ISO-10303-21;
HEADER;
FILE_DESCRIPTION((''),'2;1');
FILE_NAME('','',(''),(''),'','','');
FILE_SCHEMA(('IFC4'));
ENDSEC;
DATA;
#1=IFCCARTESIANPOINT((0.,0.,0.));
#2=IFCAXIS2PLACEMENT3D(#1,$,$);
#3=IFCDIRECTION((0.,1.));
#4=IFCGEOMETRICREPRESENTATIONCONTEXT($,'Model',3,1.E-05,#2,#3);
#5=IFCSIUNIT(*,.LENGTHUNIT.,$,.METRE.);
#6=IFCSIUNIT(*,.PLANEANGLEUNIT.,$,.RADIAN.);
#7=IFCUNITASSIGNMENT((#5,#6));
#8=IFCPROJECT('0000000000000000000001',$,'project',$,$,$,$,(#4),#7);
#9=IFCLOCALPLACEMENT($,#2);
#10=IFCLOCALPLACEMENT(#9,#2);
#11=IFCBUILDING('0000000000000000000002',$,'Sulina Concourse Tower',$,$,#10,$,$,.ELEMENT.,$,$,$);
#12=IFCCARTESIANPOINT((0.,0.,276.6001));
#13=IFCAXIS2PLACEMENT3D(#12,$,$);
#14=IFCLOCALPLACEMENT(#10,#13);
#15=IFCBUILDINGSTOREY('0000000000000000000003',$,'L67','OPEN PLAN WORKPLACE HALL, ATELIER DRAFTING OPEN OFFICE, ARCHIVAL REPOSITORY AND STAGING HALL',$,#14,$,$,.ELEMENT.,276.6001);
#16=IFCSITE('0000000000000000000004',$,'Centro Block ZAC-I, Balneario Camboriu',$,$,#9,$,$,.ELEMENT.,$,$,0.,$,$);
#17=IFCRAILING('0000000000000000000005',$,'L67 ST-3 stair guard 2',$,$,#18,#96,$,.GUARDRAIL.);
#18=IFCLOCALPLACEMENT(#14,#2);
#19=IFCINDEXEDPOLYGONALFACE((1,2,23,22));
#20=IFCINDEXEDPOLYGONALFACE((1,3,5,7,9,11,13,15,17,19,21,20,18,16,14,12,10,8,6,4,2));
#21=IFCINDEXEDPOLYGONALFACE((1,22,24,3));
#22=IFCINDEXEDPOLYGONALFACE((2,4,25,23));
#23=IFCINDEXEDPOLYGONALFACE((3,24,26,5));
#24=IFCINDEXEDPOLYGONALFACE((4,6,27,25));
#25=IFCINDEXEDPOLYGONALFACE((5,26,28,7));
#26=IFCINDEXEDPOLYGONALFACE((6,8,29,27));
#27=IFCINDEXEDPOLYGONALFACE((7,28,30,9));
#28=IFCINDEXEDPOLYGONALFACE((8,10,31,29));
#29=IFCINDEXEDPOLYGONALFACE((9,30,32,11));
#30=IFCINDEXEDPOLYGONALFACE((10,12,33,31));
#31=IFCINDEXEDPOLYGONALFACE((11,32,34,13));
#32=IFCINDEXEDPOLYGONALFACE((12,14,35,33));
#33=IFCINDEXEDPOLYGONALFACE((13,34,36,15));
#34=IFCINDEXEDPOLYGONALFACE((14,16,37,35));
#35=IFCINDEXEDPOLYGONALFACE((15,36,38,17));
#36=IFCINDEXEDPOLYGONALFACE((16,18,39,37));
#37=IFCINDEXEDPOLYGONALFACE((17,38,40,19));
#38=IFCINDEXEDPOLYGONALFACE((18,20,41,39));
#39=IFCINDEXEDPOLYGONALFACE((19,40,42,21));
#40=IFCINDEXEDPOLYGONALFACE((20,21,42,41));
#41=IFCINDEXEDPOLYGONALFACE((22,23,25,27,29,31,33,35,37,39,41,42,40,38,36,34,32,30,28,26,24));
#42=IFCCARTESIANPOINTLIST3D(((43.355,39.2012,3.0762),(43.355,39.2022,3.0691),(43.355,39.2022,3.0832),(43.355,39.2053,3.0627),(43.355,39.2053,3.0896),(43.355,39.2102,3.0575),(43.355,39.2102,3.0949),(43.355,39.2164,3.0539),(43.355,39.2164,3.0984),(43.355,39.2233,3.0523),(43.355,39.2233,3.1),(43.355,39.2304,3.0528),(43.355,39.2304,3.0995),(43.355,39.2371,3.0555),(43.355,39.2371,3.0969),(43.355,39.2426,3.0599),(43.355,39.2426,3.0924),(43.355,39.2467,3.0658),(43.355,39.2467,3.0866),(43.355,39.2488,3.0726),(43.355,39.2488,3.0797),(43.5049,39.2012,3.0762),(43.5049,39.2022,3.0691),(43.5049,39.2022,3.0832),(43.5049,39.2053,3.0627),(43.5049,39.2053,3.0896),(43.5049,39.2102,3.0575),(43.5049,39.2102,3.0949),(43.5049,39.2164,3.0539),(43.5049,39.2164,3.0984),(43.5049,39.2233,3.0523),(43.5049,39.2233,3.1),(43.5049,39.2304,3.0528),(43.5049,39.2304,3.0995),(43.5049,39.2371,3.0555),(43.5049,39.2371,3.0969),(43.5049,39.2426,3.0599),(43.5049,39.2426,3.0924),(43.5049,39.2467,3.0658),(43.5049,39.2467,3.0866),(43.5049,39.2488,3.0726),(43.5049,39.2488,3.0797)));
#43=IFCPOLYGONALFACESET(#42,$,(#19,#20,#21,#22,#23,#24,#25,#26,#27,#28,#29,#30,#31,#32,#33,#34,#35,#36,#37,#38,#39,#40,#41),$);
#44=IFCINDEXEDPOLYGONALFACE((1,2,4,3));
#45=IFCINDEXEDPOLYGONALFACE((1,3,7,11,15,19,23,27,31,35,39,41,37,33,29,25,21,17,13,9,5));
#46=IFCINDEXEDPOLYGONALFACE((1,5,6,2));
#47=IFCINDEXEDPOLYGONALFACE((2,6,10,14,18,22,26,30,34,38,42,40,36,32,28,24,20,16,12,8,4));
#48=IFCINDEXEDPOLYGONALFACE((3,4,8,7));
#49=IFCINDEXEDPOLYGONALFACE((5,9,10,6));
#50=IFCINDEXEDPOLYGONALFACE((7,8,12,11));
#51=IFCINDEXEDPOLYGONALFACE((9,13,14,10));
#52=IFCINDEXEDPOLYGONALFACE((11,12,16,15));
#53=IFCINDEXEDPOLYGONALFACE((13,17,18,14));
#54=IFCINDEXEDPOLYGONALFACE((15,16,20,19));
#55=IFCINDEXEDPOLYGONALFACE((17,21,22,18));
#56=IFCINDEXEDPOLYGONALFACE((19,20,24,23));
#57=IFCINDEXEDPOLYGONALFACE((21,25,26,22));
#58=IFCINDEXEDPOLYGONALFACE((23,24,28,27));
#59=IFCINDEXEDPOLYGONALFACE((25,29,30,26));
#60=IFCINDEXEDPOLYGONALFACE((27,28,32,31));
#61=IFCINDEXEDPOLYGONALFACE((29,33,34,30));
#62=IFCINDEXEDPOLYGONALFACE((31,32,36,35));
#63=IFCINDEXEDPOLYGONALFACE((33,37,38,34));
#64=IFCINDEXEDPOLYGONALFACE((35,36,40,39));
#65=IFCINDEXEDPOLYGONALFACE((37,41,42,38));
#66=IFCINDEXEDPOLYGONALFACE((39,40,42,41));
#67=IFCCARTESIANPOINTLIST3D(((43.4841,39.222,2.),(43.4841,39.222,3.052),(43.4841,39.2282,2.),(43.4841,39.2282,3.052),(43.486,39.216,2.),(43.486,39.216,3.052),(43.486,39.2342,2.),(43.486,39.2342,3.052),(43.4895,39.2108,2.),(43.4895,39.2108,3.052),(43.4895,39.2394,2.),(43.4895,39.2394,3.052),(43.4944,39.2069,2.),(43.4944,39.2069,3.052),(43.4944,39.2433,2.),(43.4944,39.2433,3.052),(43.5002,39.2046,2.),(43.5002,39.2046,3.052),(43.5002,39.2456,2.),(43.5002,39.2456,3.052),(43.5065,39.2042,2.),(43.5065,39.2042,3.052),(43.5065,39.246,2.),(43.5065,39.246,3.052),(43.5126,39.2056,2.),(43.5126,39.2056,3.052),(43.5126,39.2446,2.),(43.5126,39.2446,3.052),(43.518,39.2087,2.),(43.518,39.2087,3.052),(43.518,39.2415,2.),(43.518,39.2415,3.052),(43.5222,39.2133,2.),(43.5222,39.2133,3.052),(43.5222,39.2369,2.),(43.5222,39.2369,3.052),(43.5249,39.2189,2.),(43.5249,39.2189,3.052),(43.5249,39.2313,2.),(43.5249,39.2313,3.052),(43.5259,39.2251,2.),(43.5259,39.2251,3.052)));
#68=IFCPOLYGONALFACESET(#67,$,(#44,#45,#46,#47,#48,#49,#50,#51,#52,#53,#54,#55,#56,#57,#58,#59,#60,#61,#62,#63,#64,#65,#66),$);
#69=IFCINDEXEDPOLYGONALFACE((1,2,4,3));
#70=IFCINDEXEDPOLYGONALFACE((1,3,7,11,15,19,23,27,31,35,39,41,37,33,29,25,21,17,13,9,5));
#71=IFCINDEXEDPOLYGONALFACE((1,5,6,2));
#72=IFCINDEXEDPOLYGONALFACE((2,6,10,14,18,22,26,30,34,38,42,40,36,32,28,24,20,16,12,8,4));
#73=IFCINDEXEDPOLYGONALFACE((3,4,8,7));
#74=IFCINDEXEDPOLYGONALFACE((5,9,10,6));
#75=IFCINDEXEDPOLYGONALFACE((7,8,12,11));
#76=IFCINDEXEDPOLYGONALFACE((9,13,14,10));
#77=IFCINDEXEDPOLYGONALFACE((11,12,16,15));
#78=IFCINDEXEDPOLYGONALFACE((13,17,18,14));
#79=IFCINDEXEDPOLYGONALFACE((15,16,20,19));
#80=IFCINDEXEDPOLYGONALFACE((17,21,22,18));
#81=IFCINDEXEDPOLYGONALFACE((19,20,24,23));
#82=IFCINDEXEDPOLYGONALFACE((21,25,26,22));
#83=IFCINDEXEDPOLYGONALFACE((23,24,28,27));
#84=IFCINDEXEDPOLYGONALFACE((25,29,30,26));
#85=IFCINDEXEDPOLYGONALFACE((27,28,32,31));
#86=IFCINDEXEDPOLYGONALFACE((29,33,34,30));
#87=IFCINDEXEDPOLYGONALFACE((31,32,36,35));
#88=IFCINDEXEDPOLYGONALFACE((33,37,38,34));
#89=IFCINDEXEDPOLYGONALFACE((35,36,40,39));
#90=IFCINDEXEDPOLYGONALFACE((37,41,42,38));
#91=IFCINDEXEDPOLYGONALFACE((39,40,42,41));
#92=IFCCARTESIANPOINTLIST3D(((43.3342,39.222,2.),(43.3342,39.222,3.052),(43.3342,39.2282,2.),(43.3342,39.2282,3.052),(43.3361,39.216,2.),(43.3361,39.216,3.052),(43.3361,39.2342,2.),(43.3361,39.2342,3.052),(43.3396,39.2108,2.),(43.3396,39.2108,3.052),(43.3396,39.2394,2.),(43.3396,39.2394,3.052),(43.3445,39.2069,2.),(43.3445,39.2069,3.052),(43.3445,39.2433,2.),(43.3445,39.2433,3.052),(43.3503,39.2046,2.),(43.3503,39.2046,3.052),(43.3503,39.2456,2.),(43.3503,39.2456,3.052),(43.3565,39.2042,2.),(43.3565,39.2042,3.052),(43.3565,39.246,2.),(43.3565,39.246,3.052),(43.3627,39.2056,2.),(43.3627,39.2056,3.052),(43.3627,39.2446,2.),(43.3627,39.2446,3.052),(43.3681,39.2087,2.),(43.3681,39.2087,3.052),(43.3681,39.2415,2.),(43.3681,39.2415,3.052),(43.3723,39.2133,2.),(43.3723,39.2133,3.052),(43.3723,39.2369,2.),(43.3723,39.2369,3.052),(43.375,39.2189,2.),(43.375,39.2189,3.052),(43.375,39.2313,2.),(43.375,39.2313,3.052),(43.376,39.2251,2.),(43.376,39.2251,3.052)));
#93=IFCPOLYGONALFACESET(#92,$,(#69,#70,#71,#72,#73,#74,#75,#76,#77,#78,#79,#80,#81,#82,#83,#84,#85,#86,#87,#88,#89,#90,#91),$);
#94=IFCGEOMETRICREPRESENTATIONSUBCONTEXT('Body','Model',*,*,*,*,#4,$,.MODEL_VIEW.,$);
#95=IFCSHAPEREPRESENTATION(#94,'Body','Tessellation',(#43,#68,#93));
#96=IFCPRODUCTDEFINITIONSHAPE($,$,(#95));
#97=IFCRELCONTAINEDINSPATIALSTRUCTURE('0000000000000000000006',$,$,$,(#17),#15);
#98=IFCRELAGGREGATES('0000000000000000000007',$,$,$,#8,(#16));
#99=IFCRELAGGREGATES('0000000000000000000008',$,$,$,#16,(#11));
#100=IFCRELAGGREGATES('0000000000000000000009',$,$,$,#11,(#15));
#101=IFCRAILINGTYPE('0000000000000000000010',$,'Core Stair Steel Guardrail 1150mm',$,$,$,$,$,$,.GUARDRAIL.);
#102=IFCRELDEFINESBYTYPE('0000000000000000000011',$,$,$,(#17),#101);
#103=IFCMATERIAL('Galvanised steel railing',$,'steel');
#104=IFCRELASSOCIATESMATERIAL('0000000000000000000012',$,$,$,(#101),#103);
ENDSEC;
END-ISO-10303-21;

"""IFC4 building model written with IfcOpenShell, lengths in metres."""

from ifc_helpers import new_model, si_unit, direction, frame, origin, origin_2d, place, context, subcontext, project, spatial, circle, extrude, material, type_object, element, save


model = new_model("IFC4")

# Units and contexts
model_context = context("Model", 3, precision=1e-05, world=origin(), true_north=direction((0.0, 1.0)))
body_context = subcontext(model_context, "Body", "Model", "MODEL_VIEW")
ifc_project = project(units=[si_unit("LENGTHUNIT", "METRE"), si_unit("PLANEANGLEUNIT", "RADIAN")], contexts=[model_context])

# Site, building, storey
site_placement = place(None, origin())
site = spatial("IfcSite", under=ifc_project, at=site_placement, Name="Centro Block ZAC-I, Balneario Camboriu", CompositionType="ELEMENT", RefElevation=0.0)
building_placement = place(site_placement, origin())
building = spatial("IfcBuilding", under=site, at=building_placement, Name="Sulina Concourse Tower", CompositionType="ELEMENT")
storey_placement = place(building_placement, frame((0.0, 0.0, 276.6001)))
storey = spatial("IfcBuildingStorey", under=building, at=storey_placement, Name="L67", Description="OPEN PLAN WORKPLACE HALL, ATELIER DRAFTING OPEN OFFICE, ARCHIVAL REPOSITORY AND STAGING HALL", CompositionType="ELEMENT", Elevation=276.6001)

# Railing
ifc_material_1 = material(Name="Galvanised steel railing", Category="steel")
railing_type_1 = type_object("IfcRailingType", Name="Core Stair Steel Guardrail 1150mm", PredefinedType="GUARDRAIL", material=ifc_material_1)
railing_1_placement = place(storey_placement, frame((43.5049, 39.2251, 2.0)))
element("IfcRailing", 1, at=railing_1_placement, inside=storey, type_object=railing_type_1, Name="L67 ST-3 stair guard 2", PredefinedType="GUARDRAIL", context=body_context, shape_type="SweptSolid", body=[
    extrude(circle(Radius=0.0239, at=origin_2d()), frame((0.0, 0.0, 1.0762), z_axis=(-1.0, 0.0, 0.0), x_axis=(0.0, -1.0, 0.0)), (0.0, 0.0, 1.0), 0.1499),
    extrude(circle(Radius=0.021, at=origin_2d()), origin(), (0.0, 0.0, 1.0), 1.052),
    extrude(circle(Radius=0.021, at=origin_2d()), frame((-0.1499, 0.0, 0.0)), (0.0, 0.0, 1.0), 1.052),
])

save(model, "model.ifc")
